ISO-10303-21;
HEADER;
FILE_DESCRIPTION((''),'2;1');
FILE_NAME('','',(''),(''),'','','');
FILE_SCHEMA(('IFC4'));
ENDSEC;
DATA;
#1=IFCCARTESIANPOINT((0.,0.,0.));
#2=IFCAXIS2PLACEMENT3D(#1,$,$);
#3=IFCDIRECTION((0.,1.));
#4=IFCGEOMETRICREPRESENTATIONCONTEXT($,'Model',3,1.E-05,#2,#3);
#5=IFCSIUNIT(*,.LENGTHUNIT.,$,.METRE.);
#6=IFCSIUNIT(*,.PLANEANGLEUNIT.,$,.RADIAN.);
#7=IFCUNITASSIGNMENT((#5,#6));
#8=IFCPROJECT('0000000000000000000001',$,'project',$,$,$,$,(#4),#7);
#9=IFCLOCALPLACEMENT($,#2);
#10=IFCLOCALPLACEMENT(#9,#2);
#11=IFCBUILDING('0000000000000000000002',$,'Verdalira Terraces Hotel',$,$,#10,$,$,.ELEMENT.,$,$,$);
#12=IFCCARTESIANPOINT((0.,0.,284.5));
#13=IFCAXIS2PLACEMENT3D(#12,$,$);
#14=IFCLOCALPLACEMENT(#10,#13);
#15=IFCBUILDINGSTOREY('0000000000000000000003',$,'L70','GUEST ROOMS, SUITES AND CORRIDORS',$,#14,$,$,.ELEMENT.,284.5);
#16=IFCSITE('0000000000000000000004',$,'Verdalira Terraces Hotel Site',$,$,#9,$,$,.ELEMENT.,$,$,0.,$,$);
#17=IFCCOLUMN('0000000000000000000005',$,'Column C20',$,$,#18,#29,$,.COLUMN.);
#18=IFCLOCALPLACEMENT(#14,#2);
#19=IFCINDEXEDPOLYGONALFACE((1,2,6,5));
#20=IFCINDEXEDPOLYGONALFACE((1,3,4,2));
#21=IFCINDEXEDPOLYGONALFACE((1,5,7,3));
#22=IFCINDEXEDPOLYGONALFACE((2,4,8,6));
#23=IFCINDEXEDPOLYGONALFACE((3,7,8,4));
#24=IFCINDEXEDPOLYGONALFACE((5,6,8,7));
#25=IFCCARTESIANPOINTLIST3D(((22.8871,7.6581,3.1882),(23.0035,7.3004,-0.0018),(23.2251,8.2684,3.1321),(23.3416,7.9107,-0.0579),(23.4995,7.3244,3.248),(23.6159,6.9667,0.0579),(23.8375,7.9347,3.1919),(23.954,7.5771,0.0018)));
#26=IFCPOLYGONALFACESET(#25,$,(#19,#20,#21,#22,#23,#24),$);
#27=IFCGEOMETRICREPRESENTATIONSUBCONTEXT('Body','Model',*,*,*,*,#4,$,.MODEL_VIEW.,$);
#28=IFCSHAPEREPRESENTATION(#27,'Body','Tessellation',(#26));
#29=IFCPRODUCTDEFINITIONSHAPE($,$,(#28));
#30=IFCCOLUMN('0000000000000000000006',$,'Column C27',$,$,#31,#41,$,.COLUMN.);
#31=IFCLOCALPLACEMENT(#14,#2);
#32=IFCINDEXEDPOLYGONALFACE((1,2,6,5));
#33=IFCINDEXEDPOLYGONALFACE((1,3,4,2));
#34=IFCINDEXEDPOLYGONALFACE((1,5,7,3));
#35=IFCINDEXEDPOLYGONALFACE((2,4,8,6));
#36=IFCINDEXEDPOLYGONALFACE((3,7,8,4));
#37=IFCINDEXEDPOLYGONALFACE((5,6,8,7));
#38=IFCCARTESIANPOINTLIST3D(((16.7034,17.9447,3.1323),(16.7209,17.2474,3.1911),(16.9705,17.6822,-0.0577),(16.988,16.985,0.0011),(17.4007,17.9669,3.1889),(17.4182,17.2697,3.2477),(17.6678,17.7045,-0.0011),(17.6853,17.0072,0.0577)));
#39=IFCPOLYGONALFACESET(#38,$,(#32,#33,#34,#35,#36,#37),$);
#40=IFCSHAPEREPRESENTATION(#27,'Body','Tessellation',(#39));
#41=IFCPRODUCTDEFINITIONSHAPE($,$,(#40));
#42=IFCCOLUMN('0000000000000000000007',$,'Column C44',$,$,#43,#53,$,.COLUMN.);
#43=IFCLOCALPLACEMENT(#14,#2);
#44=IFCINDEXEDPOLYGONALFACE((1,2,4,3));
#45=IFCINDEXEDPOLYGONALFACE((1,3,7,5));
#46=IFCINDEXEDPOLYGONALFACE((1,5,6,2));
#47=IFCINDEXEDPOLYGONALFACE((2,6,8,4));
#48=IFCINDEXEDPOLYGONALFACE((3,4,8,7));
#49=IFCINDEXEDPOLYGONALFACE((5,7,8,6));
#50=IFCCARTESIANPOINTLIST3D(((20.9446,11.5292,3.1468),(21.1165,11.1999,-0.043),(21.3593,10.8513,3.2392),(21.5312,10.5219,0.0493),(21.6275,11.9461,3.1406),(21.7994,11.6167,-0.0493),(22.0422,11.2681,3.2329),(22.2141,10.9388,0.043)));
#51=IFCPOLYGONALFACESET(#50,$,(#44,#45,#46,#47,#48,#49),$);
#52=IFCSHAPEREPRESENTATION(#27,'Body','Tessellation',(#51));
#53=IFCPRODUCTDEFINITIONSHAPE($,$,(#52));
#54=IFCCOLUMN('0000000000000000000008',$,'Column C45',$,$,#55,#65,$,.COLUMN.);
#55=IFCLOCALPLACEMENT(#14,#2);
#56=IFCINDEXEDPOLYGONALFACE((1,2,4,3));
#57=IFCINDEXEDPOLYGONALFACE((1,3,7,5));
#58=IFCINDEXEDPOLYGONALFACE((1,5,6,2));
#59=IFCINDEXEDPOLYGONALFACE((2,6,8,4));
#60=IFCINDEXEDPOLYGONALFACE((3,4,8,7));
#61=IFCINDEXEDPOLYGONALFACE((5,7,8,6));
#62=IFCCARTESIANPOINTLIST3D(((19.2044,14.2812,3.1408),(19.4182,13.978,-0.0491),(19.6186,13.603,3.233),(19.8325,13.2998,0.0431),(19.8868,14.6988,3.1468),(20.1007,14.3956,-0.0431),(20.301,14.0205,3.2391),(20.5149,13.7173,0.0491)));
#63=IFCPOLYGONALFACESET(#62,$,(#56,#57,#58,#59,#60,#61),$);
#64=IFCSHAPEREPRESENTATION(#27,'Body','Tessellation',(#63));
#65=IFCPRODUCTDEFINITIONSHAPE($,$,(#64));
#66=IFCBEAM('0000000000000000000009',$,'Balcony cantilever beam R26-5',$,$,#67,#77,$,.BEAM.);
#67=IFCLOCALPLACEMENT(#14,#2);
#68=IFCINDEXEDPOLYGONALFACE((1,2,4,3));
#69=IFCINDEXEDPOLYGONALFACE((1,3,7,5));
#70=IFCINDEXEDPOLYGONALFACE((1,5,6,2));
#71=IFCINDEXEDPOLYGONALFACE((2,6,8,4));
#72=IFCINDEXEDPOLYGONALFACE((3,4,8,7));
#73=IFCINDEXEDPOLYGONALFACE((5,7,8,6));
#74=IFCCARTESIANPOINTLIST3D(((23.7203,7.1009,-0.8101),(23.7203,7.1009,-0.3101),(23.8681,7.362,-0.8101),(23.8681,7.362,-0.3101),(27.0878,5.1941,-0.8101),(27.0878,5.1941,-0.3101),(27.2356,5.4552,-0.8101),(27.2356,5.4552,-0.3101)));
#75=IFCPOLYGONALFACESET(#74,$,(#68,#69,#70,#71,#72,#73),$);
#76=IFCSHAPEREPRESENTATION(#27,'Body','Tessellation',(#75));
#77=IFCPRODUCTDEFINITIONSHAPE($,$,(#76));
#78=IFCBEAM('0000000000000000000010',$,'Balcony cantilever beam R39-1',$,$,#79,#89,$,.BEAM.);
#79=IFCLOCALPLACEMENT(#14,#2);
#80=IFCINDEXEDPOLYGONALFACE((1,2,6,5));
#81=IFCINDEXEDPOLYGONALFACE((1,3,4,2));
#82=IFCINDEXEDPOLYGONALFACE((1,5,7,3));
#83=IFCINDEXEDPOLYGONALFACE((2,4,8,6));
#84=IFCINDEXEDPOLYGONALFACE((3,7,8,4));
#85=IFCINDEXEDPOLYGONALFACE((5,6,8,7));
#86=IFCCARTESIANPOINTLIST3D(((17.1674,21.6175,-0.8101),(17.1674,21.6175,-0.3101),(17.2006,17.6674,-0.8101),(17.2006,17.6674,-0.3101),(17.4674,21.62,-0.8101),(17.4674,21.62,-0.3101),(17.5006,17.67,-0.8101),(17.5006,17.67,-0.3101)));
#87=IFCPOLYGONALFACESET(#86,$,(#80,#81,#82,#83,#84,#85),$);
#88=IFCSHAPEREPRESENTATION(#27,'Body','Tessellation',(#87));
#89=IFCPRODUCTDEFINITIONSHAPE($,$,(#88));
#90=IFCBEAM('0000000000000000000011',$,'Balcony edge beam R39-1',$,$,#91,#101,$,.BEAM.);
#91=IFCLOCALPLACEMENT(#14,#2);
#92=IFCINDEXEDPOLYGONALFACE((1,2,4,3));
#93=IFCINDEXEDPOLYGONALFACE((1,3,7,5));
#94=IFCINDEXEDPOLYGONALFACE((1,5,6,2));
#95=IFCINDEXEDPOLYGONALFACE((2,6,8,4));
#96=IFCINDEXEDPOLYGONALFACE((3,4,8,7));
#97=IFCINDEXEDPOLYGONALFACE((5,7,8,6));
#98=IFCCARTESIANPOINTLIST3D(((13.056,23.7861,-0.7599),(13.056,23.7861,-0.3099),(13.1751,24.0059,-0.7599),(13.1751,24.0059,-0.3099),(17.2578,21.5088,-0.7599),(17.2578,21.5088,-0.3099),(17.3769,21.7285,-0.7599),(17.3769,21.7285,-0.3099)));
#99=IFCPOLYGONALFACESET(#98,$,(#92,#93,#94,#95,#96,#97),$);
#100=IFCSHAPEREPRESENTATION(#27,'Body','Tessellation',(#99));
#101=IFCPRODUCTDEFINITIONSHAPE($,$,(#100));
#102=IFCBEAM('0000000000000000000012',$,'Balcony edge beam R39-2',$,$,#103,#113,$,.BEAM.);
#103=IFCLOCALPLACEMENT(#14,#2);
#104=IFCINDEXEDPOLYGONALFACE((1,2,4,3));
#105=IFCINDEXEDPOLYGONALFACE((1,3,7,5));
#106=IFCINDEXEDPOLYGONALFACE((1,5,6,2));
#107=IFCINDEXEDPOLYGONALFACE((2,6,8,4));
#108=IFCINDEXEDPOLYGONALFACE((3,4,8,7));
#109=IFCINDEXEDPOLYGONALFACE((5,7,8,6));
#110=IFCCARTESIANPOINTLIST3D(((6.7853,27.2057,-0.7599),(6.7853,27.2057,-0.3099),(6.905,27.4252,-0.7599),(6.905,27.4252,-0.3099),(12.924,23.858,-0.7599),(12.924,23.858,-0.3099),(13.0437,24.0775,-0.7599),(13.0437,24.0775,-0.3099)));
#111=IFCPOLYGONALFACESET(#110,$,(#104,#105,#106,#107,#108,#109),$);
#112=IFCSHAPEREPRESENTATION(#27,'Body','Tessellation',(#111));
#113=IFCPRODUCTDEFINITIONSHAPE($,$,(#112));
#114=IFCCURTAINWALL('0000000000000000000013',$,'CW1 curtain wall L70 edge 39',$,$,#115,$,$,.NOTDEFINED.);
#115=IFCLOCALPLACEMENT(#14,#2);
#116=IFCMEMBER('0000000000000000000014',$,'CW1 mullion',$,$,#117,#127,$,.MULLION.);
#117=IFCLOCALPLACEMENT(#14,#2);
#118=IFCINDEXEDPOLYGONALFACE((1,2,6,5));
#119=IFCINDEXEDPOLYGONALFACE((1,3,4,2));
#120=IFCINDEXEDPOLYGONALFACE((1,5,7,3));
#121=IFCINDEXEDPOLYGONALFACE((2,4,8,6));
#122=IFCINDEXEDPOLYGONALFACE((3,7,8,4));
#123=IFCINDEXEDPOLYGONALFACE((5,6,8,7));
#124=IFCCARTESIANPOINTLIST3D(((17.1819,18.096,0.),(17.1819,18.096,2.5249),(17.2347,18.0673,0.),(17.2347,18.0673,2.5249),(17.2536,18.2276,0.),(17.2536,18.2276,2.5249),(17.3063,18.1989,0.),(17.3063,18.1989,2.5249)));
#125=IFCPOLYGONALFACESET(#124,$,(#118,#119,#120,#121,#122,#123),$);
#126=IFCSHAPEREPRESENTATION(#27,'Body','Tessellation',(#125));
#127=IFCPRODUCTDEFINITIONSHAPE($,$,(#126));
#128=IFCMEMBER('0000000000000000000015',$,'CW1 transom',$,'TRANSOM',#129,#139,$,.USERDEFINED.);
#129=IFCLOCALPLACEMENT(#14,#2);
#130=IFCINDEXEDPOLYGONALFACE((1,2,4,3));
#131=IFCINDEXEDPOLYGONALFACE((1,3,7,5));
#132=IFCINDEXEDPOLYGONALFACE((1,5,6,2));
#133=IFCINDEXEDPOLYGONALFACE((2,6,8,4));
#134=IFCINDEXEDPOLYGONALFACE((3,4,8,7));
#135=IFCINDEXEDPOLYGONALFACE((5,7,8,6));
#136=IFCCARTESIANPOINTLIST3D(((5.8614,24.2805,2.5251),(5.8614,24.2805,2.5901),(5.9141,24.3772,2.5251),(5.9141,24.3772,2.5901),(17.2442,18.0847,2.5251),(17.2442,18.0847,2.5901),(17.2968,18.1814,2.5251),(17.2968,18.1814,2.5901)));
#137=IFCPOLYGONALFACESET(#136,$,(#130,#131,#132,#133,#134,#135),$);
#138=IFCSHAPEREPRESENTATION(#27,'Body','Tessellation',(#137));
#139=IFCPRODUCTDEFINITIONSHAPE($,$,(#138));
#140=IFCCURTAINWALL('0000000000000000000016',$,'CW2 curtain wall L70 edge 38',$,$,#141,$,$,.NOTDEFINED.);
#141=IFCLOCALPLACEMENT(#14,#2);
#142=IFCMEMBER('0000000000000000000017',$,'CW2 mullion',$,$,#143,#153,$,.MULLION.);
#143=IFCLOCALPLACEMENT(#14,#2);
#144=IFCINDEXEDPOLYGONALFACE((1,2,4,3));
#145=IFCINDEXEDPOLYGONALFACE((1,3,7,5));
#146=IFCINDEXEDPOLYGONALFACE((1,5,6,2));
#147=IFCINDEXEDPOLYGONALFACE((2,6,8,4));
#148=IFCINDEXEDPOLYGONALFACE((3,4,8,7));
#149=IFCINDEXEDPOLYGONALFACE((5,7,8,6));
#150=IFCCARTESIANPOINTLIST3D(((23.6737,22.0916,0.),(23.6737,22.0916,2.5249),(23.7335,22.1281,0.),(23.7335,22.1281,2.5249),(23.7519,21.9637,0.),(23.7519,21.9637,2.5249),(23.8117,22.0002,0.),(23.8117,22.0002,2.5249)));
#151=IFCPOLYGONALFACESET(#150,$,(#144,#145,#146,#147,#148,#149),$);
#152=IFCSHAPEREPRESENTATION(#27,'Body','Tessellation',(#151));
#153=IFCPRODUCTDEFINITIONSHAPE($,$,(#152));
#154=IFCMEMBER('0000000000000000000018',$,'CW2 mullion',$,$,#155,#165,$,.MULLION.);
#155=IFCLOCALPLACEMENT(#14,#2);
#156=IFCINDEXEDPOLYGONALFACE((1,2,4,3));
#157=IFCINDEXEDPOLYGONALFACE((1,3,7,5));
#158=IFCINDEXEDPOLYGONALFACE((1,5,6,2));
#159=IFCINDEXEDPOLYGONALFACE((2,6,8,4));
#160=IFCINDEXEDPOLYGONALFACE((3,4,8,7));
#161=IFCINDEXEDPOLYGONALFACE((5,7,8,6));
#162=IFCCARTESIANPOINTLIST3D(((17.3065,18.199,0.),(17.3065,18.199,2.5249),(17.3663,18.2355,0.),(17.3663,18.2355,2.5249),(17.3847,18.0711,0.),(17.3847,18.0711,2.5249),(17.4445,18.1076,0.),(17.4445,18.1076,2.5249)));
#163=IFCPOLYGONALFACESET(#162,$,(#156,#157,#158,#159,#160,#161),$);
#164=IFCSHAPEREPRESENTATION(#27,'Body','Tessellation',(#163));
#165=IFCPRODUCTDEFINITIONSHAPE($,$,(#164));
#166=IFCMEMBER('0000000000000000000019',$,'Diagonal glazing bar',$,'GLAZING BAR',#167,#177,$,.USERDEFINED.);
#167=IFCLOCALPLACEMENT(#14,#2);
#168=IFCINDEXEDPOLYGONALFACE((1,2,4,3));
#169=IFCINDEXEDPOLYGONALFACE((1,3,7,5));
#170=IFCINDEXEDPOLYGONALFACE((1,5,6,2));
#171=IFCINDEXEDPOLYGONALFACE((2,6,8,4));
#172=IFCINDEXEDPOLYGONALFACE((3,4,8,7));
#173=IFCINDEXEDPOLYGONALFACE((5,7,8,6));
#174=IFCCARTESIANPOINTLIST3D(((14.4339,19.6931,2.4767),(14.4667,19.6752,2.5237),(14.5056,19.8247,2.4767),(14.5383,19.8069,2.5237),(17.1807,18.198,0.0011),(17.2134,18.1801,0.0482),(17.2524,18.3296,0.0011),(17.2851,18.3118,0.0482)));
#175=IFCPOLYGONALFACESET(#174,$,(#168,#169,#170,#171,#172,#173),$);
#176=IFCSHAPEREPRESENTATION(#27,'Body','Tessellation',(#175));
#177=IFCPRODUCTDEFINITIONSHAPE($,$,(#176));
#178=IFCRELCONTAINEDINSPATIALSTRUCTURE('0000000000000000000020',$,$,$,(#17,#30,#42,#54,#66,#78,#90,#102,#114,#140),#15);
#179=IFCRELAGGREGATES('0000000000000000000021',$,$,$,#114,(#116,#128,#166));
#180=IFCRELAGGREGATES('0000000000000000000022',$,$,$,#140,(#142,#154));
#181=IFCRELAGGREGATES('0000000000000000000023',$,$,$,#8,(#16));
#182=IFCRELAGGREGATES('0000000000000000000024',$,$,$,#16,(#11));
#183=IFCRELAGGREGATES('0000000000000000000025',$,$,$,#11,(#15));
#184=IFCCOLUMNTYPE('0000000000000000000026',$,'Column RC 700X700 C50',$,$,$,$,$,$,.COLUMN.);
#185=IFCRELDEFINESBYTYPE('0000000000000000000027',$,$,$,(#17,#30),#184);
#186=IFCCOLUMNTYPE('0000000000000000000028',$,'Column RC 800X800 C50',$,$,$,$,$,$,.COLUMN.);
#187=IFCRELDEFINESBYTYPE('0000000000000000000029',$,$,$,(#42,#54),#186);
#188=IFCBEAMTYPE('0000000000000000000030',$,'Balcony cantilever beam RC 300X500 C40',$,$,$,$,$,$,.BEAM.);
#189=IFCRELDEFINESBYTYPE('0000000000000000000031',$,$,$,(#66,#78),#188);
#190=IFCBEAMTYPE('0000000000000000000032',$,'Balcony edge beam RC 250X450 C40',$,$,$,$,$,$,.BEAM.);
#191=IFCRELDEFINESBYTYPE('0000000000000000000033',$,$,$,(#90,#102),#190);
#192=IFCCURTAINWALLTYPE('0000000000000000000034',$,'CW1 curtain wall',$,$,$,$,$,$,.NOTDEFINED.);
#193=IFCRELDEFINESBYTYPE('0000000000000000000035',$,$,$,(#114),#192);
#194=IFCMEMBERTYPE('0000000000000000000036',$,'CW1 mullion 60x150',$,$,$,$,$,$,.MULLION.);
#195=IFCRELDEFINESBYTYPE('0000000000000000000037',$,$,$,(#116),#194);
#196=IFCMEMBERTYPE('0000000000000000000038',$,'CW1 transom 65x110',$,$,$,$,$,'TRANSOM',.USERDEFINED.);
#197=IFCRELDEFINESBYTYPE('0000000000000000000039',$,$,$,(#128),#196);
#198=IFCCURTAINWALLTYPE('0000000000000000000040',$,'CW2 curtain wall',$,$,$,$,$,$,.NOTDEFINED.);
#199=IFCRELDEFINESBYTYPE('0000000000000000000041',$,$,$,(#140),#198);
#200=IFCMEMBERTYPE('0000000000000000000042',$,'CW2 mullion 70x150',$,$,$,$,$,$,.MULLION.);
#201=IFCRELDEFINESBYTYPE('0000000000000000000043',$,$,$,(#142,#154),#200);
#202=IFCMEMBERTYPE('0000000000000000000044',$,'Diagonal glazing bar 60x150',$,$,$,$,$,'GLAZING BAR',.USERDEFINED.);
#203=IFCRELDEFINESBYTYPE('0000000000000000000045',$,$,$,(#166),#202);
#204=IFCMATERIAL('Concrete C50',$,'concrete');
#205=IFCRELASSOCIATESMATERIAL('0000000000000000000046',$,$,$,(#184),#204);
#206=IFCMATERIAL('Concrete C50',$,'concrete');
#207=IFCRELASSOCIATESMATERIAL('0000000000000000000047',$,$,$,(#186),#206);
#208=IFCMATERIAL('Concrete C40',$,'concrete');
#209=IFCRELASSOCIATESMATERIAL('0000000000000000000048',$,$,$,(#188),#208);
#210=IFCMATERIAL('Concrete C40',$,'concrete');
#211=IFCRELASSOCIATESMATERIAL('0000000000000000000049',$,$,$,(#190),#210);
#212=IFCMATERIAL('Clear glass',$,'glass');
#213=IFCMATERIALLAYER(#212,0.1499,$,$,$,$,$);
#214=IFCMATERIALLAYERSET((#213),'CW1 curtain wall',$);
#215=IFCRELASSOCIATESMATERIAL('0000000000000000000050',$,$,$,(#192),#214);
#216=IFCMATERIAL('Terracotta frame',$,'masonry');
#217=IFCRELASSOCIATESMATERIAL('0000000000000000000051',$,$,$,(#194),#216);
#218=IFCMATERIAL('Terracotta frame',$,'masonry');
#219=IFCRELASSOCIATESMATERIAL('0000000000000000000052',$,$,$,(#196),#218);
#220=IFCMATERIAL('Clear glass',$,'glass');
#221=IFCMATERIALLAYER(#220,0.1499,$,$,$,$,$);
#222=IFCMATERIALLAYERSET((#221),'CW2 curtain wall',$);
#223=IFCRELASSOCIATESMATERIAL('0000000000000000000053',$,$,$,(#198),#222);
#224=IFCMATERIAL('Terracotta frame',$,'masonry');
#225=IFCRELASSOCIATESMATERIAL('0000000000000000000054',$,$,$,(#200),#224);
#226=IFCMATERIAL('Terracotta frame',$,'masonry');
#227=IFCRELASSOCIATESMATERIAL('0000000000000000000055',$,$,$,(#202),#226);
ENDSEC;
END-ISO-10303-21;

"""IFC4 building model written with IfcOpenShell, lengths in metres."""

from ifc_helpers import new_model, si_unit, direction, frame, origin, origin_2d, place, context, subcontext, project, spatial, rectangle, extrude, material, layer, layer_set, material_profile, profile_set, type_object, element, aggregate, save


model = new_model("IFC4")

# Units and contexts
model_context = context("Model", 3, precision=1e-05, world=origin(), true_north=direction((0.0, 1.0)))
body_context = subcontext(model_context, "Body", "Model", "MODEL_VIEW")
ifc_project = project(units=[si_unit("LENGTHUNIT", "METRE"), si_unit("PLANEANGLEUNIT", "RADIAN")], contexts=[model_context])

# Site, building, storey
site_placement = place(None, origin())
site = spatial("IfcSite", under=ifc_project, at=site_placement, Name="Verdalira Terraces Hotel Site", CompositionType="ELEMENT", RefElevation=0.0)
building_placement = place(site_placement, origin())
building = spatial("IfcBuilding", under=site, at=building_placement, Name="Verdalira Terraces Hotel", CompositionType="ELEMENT")
storey_placement = place(building_placement, frame((0.0, 0.0, 284.5)))
storey = spatial("IfcBuildingStorey", under=building, at=storey_placement, Name="L70", Description="GUEST ROOMS, SUITES AND CORRIDORS", CompositionType="ELEMENT", Elevation=284.5)

# Columns
ifc_material_1 = material(Name="Concrete C50", Category="concrete")
ifc_material_profile_1 = material_profile(ifc_material_1, rectangle(XDim=0.7, YDim=0.7, at=origin_2d()), Name="RC 700X700")
ifc_profile_set_1 = profile_set([ifc_material_profile_1], Name="Concrete C50")
column_type_1 = type_object("IfcColumnType", Name="Column RC 700X700 C50", PredefinedType="COLUMN", material=ifc_profile_set_1)
column_1_placement = place(storey_placement, frame((23.4788, 7.4387, 0.0), z_axis=(-0.036256, 0.111352, 0.993119), x_axis=(-0.482936, -0.871981, 0.080139)))
element("IfcColumn", 1, at=column_1_placement, inside=storey, type_object=column_type_1, Name="Column C20", PredefinedType="COLUMN", context=body_context, shape_type="SweptSolid", body=[
    extrude(rectangle(XDim=0.7, YDim=0.7, at=origin_2d()), origin(), (0.0, 0.0, 1.0), 3.2122),
])
column_2_placement = place(storey_placement, frame((17.3279, 17.3447, 0.0), z_axis=(-0.083158, 0.081714, 0.993181), x_axis=(0.996224, 0.031756, 0.0808)))
element("IfcColumn", 2, at=column_2_placement, inside=storey, type_object=column_type_1, Name="Column C27", PredefinedType="COLUMN", context=body_context, shape_type="SweptSolid", body=[
    extrude(rectangle(XDim=0.7, YDim=0.7, at=origin_2d()), origin(), (0.0, 0.0, 1.0), 3.2119),
])
ifc_material_2 = material(Name="Concrete C50", Category="concrete")
ifc_material_profile_2 = material_profile(ifc_material_2, rectangle(XDim=0.8, YDim=0.8, at=origin_2d()), Name="RC 800X800")
ifc_profile_set_2 = profile_set([ifc_material_profile_2], Name="Concrete C50")
column_type_2 = type_object("IfcColumnType", Name="Column RC 800X800 C50", PredefinedType="COLUMN", material=ifc_profile_set_2)
for number, where, z_axis, x_axis, name in (
    (3, (21.6653, 11.0693, 0.0), (-0.053519, 0.102552, 0.993287), (0.853499, 0.521036, -0.007808), "Column C44"),
    (4, (19.9666, 13.8477, 0.0), (-0.066595, 0.094419, 0.993303), (0.852951, 0.521937, 0.007572), "Column C45"),
):
    element("IfcColumn", number, at=place(storey_placement, frame(where, z_axis=z_axis, x_axis=x_axis)), inside=storey, type_object=column_type_2, Name=name, PredefinedType="COLUMN", context=body_context, shape_type="SweptSolid", body=[
        extrude(rectangle(XDim=0.8, YDim=0.8, at=origin_2d()), origin(), (0.0, 0.0, 1.0), 3.2114),
    ])

# Beams
ifc_material_3 = material(Name="Concrete C40", Category="concrete")
ifc_material_profile_3 = material_profile(ifc_material_3, rectangle(XDim=0.3, YDim=0.5, at=origin_2d()), Name="RC 300X500")
ifc_profile_set_3 = profile_set([ifc_material_profile_3], Name="Concrete C40")
beam_type_1 = type_object("IfcBeamType", Name="Balcony cantilever beam RC 300X500 C40", PredefinedType="BEAM", material=ifc_profile_set_3)
beam_1_placement = place(storey_placement, frame((23.7942, 7.2314, -0.5601), z_axis=(0.870185, -0.492724, 0.0), x_axis=(0.492724, 0.870185, 0.0)))
element("IfcBeam", 5, at=beam_1_placement, inside=storey, type_object=beam_type_1, Name="Balcony cantilever beam R26-5", PredefinedType="BEAM", context=body_context, shape_type="SweptSolid", body=[
    extrude(rectangle(XDim=0.3, YDim=0.5, at=origin_2d()), origin(), (0.0, 0.0, 1.0), 3.8699),
])
beam_2_placement = place(storey_placement, frame((17.3506, 17.6687, -0.5601), z_axis=(-0.008406, 0.999965, 0.0), x_axis=(-0.999965, -0.008406, 0.0)))
element("IfcBeam", 6, at=beam_2_placement, inside=storey, type_object=beam_type_1, Name="Balcony cantilever beam R39-1", PredefinedType="BEAM", context=body_context, shape_type="SweptSolid", body=[
    extrude(rectangle(XDim=0.3, YDim=0.5, at=origin_2d()), origin(), (0.0, 0.0, 1.0), 3.9502),
])
ifc_material_4 = material(Name="Concrete C40", Category="concrete")
ifc_material_profile_4 = material_profile(ifc_material_4, rectangle(XDim=0.25, YDim=0.45, at=origin_2d()), Name="RC 250X450")
ifc_profile_set_4 = profile_set([ifc_material_profile_4], Name="Concrete C40")
beam_type_2 = type_object("IfcBeamType", Name="Balcony edge beam RC 250X450 C40", PredefinedType="BEAM", material=ifc_profile_set_4)
beam_3_placement = place(storey_placement, frame((17.3174, 21.6187, -0.5349), z_axis=(-0.879177, 0.476495, 0.0), x_axis=(-0.476495, -0.879177, 0.0)))
element("IfcBeam", 7, at=beam_3_placement, inside=storey, type_object=beam_type_2, Name="Balcony edge beam R39-1", PredefinedType="BEAM", context=body_context, shape_type="SweptSolid", body=[
    extrude(rectangle(XDim=0.25, YDim=0.45, at=origin_2d()), origin(), (0.0, 0.0, 1.0), 4.7793),
])
beam_4_placement = place(storey_placement, frame((12.9839, 23.9678, -0.5349), z_axis=(-0.877938, 0.478774, 0.0), x_axis=(-0.478774, -0.877938, 0.0)))
element("IfcBeam", 8, at=beam_4_placement, inside=storey, type_object=beam_type_2, Name="Balcony edge beam R39-2", PredefinedType="BEAM", context=body_context, shape_type="SweptSolid", body=[
    extrude(rectangle(XDim=0.25, YDim=0.45, at=origin_2d()), origin(), (0.0, 0.0, 1.0), 6.9922),
])

# Curtain walls, members
ifc_material_5 = material(Name="Clear glass", Category="glass")
ifc_layer_1 = layer(ifc_material_5, 0.1499)
ifc_layer_set_1 = layer_set([ifc_layer_1], Name="CW1 curtain wall")
curtain_wall_type_1 = type_object("IfcCurtainWallType", Name="CW1 curtain wall", PredefinedType="NOTDEFINED", material=ifc_layer_set_1)
curtain_wall_1_placement = place(storey_placement, origin())
curtain_wall_1 = element("IfcCurtainWall", 9, at=curtain_wall_1_placement, inside=storey, type_object=curtain_wall_type_1, Name="CW1 curtain wall L70 edge 39", PredefinedType="NOTDEFINED")
ifc_material_6 = material(Name="Terracotta frame", Category="masonry")
ifc_material_profile_5 = material_profile(ifc_material_6, rectangle(XDim=0.0601, YDim=0.1499, at=origin_2d()), Name="MU 60x150")
ifc_profile_set_5 = profile_set([ifc_material_profile_5], Name="Terracotta frame")
member_type_1 = type_object("IfcMemberType", Name="CW1 mullion 60x150", PredefinedType="MULLION", material=ifc_profile_set_5)
member_1_placement = place(storey_placement, frame((17.2441, 18.1475, 0.0), z_axis=(0.0, 0.0, 1.0), x_axis=(-0.878317, 0.478079, 0.0)))
member_1 = element("IfcMember", 10, at=member_1_placement, type_object=member_type_1, Name="CW1 mullion", PredefinedType="MULLION", context=body_context, shape_type="SweptSolid", body=[
    extrude(rectangle(XDim=0.0601, YDim=0.1499, at=origin_2d()), origin(), (0.0, 0.0, 1.0), 2.5249),
])
ifc_material_7 = material(Name="Terracotta frame", Category="masonry")
ifc_material_profile_6 = material_profile(ifc_material_7, rectangle(XDim=0.1101, YDim=0.0649, at=origin_2d()), Name="TR 65x110")
ifc_profile_set_6 = profile_set([ifc_material_profile_6], Name="Terracotta frame")
member_type_2 = type_object("IfcMemberType", Name="CW1 transom 65x110", ElementType="TRANSOM", PredefinedType="USERDEFINED", material=ifc_profile_set_6)
member_2_placement = place(storey_placement, frame((17.2705, 18.1331, 2.5576), z_axis=(-0.878317, 0.478078, 0.0), x_axis=(-0.478078, -0.878317, 0.0)))
member_2 = element("IfcMember", 11, at=member_2_placement, type_object=member_type_2, Name="CW1 transom", ObjectType="TRANSOM", PredefinedType="USERDEFINED", context=body_context, shape_type="SweptSolid", body=[
    extrude(rectangle(XDim=0.1101, YDim=0.0649, at=origin_2d()), origin(), (0.0, 0.0, 1.0), 12.9597),
])
ifc_material_8 = material(Name="Clear glass", Category="glass")
ifc_layer_2 = layer(ifc_material_8, 0.1499)
ifc_layer_set_2 = layer_set([ifc_layer_2], Name="CW2 curtain wall")
curtain_wall_type_2 = type_object("IfcCurtainWallType", Name="CW2 curtain wall", PredefinedType="NOTDEFINED", material=ifc_layer_set_2)
curtain_wall_2_placement = place(storey_placement, origin())
curtain_wall_2 = element("IfcCurtainWall", 12, at=curtain_wall_2_placement, inside=storey, type_object=curtain_wall_type_2, Name="CW2 curtain wall L70 edge 38", PredefinedType="NOTDEFINED")
ifc_material_9 = material(Name="Terracotta frame", Category="masonry")
ifc_material_profile_7 = material_profile(ifc_material_9, rectangle(XDim=0.0701, YDim=0.1499, at=origin_2d()), Name="MU 70x150")
ifc_profile_set_7 = profile_set([ifc_material_profile_7], Name="Terracotta frame")
member_type_3 = type_object("IfcMemberType", Name="CW2 mullion 70x150", PredefinedType="MULLION", material=ifc_profile_set_7)
member_3_placement = place(storey_placement, frame((23.7427, 22.0459, 0.0), z_axis=(0.0, 0.0, 1.0), x_axis=(-0.853187, -0.521605, 0.0)))
member_3 = element("IfcMember", 13, at=member_3_placement, type_object=member_type_3, Name="CW2 mullion", PredefinedType="MULLION", context=body_context, shape_type="SweptSolid", body=[
    extrude(rectangle(XDim=0.0701, YDim=0.1499, at=origin_2d()), origin(), (0.0, 0.0, 1.0), 2.5249),
])
member_4_placement = place(storey_placement, frame((17.3755, 18.1533, 0.0), z_axis=(0.0, 0.0, 1.0), x_axis=(-0.853187, -0.521605, 0.0)))
member_4 = element("IfcMember", 14, at=member_4_placement, type_object=member_type_3, Name="CW2 mullion", PredefinedType="MULLION", context=body_context, shape_type="SweptSolid", body=[
    extrude(rectangle(XDim=0.0701, YDim=0.1499, at=origin_2d()), origin(), (0.0, 0.0, 1.0), 2.5249),
])

# Member
ifc_material_10 = material(Name="Terracotta frame", Category="masonry")
ifc_material_profile_8 = material_profile(ifc_material_10, rectangle(XDim=0.1499, YDim=0.0601, at=origin_2d()), Name="GB 60x150")
ifc_profile_set_8 = profile_set([ifc_material_profile_8], Name="Terracotta frame")
member_type_4 = type_object("IfcMemberType", Name="Diagonal glazing bar 60x150", ElementType="GLAZING BAR", PredefinedType="USERDEFINED", material=ifc_profile_set_8)
member_5_placement = place(storey_placement, frame((17.2329, 18.2549, 0.0247), z_axis=(-0.688669, 0.374847, 0.620665), x_axis=(-0.478075, -0.878319, 0.0)))
member_5 = element("IfcMember", 15, at=member_5_placement, type_object=member_type_4, Name="Diagonal glazing bar", ObjectType="GLAZING BAR", PredefinedType="USERDEFINED", context=body_context, shape_type="SweptSolid", body=[
    extrude(rectangle(XDim=0.1499, YDim=0.0601, at=origin_2d()), origin(), (0.0, 0.0, 1.0), 3.9885),
])

aggregate(curtain_wall_1, [member_1, member_2, member_5])
aggregate(curtain_wall_2, [member_3, member_4])

save(model, "model.ifc")
